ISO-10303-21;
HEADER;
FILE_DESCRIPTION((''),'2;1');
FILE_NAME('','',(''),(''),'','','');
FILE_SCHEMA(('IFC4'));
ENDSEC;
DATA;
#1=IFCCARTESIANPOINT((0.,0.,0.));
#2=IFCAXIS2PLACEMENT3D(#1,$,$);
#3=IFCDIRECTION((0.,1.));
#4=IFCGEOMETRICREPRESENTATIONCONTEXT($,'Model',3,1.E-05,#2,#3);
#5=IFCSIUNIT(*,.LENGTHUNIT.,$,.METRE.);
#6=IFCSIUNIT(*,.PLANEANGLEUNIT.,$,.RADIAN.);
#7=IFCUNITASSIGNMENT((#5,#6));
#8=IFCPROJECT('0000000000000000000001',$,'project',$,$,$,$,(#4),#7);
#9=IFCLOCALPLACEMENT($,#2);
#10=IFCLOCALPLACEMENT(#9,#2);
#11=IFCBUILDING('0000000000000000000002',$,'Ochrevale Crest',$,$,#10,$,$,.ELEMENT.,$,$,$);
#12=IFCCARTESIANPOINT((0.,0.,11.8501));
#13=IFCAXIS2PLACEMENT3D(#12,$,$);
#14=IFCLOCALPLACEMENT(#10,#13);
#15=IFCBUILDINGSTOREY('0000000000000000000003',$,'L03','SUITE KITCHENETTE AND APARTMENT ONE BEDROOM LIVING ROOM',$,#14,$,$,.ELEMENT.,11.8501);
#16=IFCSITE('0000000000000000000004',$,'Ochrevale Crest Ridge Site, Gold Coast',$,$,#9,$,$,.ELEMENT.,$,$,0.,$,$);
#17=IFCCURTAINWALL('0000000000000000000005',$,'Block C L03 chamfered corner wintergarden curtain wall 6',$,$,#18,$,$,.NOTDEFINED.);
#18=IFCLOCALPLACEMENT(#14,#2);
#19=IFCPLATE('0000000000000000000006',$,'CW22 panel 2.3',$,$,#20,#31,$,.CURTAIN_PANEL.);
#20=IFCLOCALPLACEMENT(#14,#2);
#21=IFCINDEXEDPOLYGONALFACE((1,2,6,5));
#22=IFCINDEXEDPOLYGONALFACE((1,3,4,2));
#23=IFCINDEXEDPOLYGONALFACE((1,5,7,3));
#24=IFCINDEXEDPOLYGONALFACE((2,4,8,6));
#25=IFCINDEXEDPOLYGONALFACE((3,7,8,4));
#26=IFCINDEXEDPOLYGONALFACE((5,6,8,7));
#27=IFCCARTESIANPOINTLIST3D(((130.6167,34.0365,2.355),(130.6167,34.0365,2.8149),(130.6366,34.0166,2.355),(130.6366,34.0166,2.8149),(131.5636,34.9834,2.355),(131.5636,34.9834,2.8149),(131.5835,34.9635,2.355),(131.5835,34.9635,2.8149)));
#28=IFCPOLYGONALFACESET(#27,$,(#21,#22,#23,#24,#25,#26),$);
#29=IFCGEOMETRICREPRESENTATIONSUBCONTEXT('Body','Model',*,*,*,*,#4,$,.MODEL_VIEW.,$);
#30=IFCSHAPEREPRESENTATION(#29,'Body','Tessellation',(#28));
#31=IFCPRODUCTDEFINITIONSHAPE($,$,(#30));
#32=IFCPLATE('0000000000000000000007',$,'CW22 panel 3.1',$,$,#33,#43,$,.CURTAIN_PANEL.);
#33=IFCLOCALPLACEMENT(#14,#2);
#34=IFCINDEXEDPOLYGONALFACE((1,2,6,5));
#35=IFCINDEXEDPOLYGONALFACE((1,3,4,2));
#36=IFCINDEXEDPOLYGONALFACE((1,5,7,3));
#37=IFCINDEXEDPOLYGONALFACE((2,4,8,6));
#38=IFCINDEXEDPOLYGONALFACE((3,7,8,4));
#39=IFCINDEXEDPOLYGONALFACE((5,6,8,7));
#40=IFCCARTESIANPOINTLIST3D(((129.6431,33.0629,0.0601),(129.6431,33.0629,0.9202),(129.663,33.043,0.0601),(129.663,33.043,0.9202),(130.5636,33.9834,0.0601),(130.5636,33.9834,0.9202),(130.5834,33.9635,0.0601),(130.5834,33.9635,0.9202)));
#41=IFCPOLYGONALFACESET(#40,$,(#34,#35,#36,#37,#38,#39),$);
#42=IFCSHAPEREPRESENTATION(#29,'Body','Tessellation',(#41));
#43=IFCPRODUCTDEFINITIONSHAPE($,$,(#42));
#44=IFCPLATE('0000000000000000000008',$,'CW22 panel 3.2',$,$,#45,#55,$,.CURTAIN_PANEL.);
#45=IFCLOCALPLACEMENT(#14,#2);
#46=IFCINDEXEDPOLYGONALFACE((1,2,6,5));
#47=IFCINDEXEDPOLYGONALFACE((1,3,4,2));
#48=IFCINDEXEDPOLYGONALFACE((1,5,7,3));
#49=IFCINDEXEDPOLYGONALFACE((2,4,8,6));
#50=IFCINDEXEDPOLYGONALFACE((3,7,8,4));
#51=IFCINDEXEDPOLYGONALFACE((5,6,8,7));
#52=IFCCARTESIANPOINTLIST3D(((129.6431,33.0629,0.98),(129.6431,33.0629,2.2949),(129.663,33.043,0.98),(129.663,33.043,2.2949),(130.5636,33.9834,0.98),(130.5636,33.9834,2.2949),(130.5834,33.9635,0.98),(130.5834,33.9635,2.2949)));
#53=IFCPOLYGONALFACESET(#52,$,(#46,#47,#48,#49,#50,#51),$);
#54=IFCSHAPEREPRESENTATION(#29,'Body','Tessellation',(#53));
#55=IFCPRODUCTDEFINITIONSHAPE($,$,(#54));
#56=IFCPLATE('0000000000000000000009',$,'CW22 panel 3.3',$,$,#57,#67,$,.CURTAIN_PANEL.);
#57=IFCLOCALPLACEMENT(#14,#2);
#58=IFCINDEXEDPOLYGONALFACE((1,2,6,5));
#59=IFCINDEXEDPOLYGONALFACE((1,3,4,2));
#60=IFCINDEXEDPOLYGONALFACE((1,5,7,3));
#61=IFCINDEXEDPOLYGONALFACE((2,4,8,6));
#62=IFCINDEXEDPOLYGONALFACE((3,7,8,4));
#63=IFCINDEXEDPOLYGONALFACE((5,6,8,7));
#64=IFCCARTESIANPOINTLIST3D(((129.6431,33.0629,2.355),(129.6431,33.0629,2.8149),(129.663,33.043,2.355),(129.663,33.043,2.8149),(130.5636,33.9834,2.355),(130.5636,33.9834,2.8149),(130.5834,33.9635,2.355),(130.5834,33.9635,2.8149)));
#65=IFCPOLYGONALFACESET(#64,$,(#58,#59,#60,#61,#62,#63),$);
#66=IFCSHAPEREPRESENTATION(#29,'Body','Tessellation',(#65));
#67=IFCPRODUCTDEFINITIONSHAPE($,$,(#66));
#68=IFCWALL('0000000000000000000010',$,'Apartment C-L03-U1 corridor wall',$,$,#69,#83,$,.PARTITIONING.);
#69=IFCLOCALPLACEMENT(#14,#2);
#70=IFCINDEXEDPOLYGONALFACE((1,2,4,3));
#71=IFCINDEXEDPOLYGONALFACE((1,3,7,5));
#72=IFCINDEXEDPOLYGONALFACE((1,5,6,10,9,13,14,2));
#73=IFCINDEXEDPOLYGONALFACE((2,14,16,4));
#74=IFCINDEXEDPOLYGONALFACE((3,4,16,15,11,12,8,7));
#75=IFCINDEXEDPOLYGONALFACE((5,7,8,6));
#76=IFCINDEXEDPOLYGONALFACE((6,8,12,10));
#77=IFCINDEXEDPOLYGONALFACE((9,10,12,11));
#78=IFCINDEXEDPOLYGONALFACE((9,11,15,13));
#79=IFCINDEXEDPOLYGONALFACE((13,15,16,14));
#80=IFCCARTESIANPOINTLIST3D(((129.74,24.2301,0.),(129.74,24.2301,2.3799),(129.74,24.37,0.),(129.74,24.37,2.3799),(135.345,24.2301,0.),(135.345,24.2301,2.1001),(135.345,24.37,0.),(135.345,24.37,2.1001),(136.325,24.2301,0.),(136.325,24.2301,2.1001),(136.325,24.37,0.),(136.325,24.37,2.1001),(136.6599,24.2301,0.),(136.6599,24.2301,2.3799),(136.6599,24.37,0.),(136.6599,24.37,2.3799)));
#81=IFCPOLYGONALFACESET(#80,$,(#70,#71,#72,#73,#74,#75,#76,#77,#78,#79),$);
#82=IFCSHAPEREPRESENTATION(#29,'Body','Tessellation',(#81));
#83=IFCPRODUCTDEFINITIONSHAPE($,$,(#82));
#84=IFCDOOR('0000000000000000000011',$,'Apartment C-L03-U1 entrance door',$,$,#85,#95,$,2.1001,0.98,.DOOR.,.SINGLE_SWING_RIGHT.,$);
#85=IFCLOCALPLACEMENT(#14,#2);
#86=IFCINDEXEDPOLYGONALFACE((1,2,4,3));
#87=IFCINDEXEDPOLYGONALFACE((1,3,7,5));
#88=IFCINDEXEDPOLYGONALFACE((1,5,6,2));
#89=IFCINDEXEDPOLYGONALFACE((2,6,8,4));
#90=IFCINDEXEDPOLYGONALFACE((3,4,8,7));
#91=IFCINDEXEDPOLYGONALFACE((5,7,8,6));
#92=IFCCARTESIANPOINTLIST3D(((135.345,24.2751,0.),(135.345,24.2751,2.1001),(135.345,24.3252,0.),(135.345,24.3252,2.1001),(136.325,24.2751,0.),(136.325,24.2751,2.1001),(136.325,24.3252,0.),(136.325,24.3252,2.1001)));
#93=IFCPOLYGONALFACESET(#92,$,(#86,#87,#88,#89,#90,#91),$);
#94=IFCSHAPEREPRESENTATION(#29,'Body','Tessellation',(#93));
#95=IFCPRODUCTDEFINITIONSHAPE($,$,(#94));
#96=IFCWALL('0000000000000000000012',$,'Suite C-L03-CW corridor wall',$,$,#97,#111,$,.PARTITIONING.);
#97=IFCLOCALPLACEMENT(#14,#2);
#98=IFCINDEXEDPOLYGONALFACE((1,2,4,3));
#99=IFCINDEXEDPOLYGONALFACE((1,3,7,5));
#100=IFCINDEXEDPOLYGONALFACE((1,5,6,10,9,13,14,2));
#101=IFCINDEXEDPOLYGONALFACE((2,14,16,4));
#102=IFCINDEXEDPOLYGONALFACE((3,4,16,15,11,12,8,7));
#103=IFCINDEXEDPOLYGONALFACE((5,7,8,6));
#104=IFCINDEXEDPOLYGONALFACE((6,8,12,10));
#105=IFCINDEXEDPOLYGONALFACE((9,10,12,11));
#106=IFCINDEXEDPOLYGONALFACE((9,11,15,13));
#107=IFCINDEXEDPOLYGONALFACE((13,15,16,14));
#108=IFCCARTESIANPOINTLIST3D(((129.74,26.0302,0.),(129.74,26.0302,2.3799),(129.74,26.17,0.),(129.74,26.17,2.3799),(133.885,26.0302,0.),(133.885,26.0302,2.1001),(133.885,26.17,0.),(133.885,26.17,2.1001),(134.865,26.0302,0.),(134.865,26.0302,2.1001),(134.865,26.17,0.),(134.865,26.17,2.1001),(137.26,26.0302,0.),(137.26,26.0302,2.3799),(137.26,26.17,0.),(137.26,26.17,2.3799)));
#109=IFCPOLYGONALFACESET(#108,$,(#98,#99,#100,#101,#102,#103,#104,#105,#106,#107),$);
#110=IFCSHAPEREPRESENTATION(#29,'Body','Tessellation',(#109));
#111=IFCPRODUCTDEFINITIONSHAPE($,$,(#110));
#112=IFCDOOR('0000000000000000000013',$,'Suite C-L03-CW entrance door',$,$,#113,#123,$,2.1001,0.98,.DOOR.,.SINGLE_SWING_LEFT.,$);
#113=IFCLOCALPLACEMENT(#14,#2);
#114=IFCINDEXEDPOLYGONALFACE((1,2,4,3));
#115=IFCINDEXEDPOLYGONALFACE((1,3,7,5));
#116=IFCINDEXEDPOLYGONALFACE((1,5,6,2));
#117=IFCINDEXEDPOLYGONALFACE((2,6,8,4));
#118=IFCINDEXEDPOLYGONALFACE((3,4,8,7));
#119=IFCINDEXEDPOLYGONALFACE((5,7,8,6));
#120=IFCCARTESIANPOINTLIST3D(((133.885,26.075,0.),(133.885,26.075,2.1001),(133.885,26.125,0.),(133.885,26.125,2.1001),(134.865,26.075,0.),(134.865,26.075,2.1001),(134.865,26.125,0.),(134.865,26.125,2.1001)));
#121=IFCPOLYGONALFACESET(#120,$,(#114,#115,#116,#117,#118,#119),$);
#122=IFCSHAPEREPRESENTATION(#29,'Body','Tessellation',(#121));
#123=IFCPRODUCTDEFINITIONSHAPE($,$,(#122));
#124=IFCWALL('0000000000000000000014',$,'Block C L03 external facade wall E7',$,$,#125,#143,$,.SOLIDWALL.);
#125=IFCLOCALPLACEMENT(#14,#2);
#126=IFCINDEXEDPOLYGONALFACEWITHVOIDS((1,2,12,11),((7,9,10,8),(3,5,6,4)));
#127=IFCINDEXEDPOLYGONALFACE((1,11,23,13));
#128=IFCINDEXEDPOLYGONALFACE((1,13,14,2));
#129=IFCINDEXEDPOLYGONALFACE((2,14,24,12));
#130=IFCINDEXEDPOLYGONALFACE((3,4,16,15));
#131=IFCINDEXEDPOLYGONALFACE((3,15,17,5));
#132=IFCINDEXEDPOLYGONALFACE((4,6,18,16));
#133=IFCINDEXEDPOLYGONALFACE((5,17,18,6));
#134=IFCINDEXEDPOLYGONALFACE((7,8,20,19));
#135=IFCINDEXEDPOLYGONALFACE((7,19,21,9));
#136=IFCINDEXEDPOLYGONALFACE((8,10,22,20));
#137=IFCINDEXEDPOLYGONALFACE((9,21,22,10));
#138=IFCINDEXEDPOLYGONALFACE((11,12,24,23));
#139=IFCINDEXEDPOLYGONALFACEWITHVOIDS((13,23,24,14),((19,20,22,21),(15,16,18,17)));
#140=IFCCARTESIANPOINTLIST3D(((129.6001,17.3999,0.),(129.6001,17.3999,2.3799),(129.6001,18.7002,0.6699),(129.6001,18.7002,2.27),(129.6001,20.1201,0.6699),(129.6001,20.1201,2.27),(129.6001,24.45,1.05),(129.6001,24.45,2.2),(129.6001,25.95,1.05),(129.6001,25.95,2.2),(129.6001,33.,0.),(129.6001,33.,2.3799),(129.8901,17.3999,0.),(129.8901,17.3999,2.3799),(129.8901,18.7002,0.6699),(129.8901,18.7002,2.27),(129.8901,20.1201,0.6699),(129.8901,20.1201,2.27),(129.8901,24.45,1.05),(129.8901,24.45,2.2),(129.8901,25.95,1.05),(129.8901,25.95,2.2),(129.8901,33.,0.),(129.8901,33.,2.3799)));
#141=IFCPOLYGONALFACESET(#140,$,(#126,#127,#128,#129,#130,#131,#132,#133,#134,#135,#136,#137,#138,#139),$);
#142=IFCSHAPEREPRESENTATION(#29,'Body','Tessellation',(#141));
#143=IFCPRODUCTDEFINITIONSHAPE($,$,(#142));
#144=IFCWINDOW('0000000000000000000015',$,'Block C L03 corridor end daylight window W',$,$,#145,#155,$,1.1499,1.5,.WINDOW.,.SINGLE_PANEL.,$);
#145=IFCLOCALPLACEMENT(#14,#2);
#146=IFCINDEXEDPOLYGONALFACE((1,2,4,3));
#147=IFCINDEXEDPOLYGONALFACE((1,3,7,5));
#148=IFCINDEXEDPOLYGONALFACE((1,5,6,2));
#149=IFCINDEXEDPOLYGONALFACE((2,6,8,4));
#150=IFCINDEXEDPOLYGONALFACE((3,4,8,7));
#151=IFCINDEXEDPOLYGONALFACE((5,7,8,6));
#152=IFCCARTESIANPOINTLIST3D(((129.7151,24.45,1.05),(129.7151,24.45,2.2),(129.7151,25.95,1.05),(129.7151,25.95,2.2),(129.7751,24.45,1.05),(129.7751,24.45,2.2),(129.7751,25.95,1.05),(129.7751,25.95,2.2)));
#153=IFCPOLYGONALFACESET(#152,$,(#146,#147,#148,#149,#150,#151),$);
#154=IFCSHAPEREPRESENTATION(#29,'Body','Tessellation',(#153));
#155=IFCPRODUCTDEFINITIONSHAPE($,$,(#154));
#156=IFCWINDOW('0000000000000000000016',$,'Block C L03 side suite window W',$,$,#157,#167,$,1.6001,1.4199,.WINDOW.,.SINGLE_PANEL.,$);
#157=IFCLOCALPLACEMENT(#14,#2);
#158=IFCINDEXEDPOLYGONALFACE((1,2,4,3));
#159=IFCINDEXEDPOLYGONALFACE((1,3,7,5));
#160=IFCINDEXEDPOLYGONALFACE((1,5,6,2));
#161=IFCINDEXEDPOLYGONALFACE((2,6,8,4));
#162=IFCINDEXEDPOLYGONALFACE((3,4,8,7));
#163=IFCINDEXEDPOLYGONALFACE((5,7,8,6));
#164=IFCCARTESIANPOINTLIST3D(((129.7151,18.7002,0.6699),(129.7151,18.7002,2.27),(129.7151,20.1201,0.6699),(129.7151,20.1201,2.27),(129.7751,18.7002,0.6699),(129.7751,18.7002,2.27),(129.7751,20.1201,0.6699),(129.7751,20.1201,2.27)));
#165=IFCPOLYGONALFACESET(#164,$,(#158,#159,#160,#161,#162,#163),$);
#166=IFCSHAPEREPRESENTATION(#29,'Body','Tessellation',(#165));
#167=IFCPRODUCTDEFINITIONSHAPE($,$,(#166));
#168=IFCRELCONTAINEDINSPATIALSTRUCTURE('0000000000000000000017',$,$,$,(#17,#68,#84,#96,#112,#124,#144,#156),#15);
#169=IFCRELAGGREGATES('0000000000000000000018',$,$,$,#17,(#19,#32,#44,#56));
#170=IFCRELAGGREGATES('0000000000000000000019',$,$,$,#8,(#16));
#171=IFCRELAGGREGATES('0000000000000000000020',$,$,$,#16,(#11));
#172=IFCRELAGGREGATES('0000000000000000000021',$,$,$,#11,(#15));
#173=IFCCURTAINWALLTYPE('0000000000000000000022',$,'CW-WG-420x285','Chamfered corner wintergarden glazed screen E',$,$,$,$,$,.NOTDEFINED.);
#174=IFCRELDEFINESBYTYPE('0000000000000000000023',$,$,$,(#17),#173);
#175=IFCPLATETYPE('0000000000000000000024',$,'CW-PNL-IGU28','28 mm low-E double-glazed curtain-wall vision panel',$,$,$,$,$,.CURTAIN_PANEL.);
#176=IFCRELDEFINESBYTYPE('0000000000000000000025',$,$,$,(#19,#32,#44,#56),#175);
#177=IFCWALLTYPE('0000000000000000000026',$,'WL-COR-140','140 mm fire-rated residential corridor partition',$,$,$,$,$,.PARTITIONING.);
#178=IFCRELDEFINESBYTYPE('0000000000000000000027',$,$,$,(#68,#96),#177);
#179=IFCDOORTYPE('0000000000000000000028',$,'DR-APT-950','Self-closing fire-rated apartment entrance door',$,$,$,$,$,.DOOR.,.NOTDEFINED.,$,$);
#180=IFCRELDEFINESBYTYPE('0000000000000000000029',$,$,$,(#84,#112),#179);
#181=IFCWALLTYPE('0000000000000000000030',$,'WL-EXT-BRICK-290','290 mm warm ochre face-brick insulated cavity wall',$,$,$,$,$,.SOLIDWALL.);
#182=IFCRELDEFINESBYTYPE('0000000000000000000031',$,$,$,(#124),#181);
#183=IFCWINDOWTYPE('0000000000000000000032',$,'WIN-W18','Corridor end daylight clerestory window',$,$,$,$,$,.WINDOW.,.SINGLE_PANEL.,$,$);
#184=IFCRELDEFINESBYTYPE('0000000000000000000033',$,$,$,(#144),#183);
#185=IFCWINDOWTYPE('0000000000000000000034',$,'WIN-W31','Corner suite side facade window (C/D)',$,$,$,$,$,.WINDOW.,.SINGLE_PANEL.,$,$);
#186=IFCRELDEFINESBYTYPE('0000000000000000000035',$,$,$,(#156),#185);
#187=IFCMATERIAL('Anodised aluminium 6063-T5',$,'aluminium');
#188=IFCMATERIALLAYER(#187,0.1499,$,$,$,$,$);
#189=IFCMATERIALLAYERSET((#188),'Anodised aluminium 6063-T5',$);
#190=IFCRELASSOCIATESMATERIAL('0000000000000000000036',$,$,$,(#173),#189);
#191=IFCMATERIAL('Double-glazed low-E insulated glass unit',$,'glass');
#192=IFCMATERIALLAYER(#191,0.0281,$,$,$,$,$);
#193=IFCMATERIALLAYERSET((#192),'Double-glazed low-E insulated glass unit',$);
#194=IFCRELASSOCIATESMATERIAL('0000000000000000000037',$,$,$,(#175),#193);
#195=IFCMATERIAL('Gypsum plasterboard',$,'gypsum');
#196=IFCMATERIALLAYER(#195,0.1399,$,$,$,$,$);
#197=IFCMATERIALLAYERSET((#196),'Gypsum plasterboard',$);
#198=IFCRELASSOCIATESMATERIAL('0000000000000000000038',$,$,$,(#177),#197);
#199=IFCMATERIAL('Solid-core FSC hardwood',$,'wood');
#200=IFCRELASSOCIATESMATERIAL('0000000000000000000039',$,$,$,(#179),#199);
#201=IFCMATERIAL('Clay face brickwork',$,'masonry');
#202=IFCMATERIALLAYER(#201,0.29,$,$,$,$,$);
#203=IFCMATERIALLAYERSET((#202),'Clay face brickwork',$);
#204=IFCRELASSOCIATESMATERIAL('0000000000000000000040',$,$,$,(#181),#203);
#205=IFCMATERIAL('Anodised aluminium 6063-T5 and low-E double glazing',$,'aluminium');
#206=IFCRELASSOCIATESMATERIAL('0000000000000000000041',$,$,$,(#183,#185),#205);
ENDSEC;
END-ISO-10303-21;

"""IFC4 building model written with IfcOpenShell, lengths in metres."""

from ifc_helpers import new_model, si_unit, direction, frame, frame_2d, origin, origin_2d, place, context, subcontext, project, spatial, rectangle, extrude, material, layer, layer_set, type_object, element, fill, aggregate, save


model = new_model("IFC4")

# Units and contexts
model_context = context("Model", 3, precision=1e-05, world=origin(), true_north=direction((0.0, 1.0)))
body_context = subcontext(model_context, "Body", "Model", "MODEL_VIEW")
ifc_project = project(units=[si_unit("LENGTHUNIT", "METRE"), si_unit("PLANEANGLEUNIT", "RADIAN")], contexts=[model_context])

# Site, building, storey
site_placement = place(None, origin())
site = spatial("IfcSite", under=ifc_project, at=site_placement, Name="Ochrevale Crest Ridge Site, Gold Coast", CompositionType="ELEMENT", RefElevation=0.0)
building_placement = place(site_placement, origin())
building = spatial("IfcBuilding", under=site, at=building_placement, Name="Ochrevale Crest", CompositionType="ELEMENT")
storey_placement = place(building_placement, frame((0.0, 0.0, 11.8501)))
storey = spatial("IfcBuildingStorey", under=building, at=storey_placement, Name="L03", Description="SUITE KITCHENETTE AND APARTMENT ONE BEDROOM LIVING ROOM", CompositionType="ELEMENT", Elevation=11.8501)

# Curtain wall, plates
ifc_material_1 = material(Name="Anodised aluminium 6063-T5", Category="aluminium")
ifc_layer_1 = layer(ifc_material_1, 0.1499)
ifc_layer_set_1 = layer_set([ifc_layer_1], Name="Anodised aluminium 6063-T5")
curtain_wall_type = type_object("IfcCurtainWallType", Name="CW-WG-420x285", Description="Chamfered corner wintergarden glazed screen E", PredefinedType="NOTDEFINED", material=ifc_layer_set_1)
curtain_wall_placement = place(storey_placement, origin())
curtain_wall = element("IfcCurtainWall", 1, at=curtain_wall_placement, inside=storey, type_object=curtain_wall_type, Name="Block C L03 chamfered corner wintergarden curtain wall 6", PredefinedType="NOTDEFINED")
ifc_material_2 = material(Name="Double-glazed low-E insulated glass unit", Category="glass")
ifc_layer_2 = layer(ifc_material_2, 0.0281)
ifc_layer_set_2 = layer_set([ifc_layer_2], Name="Double-glazed low-E insulated glass unit")
plate_type = type_object("IfcPlateType", Name="CW-PNL-IGU28", Description="28 mm low-E double-glazed curtain-wall vision panel", PredefinedType="CURTAIN_PANEL", material=ifc_layer_set_2)
plate_1_placement = place(storey_placement, frame((131.1001, 34.5, 2.355), z_axis=(0.0, 0.0, 1.0), x_axis=(-0.707107, -0.707107, 0.0)))
plate_1 = element("IfcPlate", 2, at=plate_1_placement, type_object=plate_type, Name="CW22 panel 2.3", PredefinedType="CURTAIN_PANEL", context=body_context, shape_type="SweptSolid", body=[
    extrude(rectangle(XDim=1.3391, YDim=0.0281, at=origin_2d()), origin(), (0.0, 0.0, 1.0), 0.46),
])
plate_2_placement = place(storey_placement, frame((130.1133, 33.5132, 0.0601), z_axis=(0.0, 0.0, 1.0), x_axis=(-0.707107, -0.707107, 0.0)))
plate_2 = element("IfcPlate", 3, at=plate_2_placement, type_object=plate_type, Name="CW22 panel 3.1", PredefinedType="CURTAIN_PANEL", context=body_context, shape_type="SweptSolid", body=[
    extrude(rectangle(XDim=1.3018, YDim=0.0281, at=origin_2d()), origin(), (0.0, 0.0, 1.0), 0.8601),
])
plate_3_placement = place(storey_placement, frame((130.1133, 33.5132, 0.98), z_axis=(0.0, 0.0, 1.0), x_axis=(-0.707107, -0.707107, 0.0)))
plate_3 = element("IfcPlate", 4, at=plate_3_placement, type_object=plate_type, Name="CW22 panel 3.2", PredefinedType="CURTAIN_PANEL", context=body_context, shape_type="SweptSolid", body=[
    extrude(rectangle(XDim=1.3018, YDim=0.0281, at=origin_2d()), origin(), (0.0, 0.0, 1.0), 1.3149),
])
plate_4_placement = place(storey_placement, frame((130.1133, 33.5132, 2.355), z_axis=(0.0, 0.0, 1.0), x_axis=(-0.707107, -0.707107, 0.0)))
plate_4 = element("IfcPlate", 5, at=plate_4_placement, type_object=plate_type, Name="CW22 panel 3.3", PredefinedType="CURTAIN_PANEL", context=body_context, shape_type="SweptSolid", body=[
    extrude(rectangle(XDim=1.3018, YDim=0.0281, at=origin_2d()), origin(), (0.0, 0.0, 1.0), 0.46),
])
aggregate(curtain_wall, [plate_1, plate_2, plate_3, plate_4])

# Walls, openings, doors
ifc_material_3 = material(Name="Gypsum plasterboard", Category="gypsum")
ifc_layer_3 = layer(ifc_material_3, 0.1399)
ifc_layer_set_3 = layer_set([ifc_layer_3], Name="Gypsum plasterboard")
wall_type_1 = type_object("IfcWallType", Name="WL-COR-140", Description="140 mm fire-rated residential corridor partition", PredefinedType="PARTITIONING", material=ifc_layer_set_3)
wall_1_placement = place(storey_placement, frame((129.74, 24.3, 0.0), z_axis=(0.0, 0.0, 1.0), x_axis=(1.0, 0.0, 0.0)))
wall_1 = element("IfcWall", 6, at=wall_1_placement, inside=storey, type_object=wall_type_1, Name="Apartment C-L03-U1 corridor wall", PredefinedType="PARTITIONING", context=body_context, shape_type="SweptSolid", body=[
    extrude(rectangle(XDim=6.9199, YDim=0.1399, at=frame_2d((3.46, 0.0))), origin(), (0.0, 0.0, 1.0), 2.3799),
])
opening_1_placement = place(wall_1_placement, frame((6.585, 0.0, 0.0), z_axis=(0.0, 0.0, 1.0), x_axis=(-1.0, 0.0, 0.0)))
opening_1 = element("IfcOpeningElement", 7, at=opening_1_placement, cuts=wall_1, PredefinedType="OPENING", context=body_context, shape_type="SweptSolid", body=[
    extrude(rectangle(XDim=0.98, YDim=2.1001, at=frame_2d((0.49, 1.05))), frame((0.0, 0.0801, 0.0), z_axis=(0.0, -1.0, 0.0), x_axis=(1.0, 0.0, 0.0)), (0.0, 0.0, 1.0), 0.1599),
])
ifc_material_4 = material(Name="Solid-core FSC hardwood", Category="wood")
door_type_1 = type_object("IfcDoorType", Name="DR-APT-950", Description="Self-closing fire-rated apartment entrance door", OperationType="NOTDEFINED", PredefinedType="DOOR", material=ifc_material_4)
door_1_placement = place(opening_1_placement, origin())
door_1 = element("IfcDoor", 8, at=door_1_placement, inside=storey, type_object=door_type_1, Name="Apartment C-L03-U1 entrance door", OperationType="SINGLE_SWING_RIGHT", OverallHeight=2.1001, OverallWidth=0.98, PredefinedType="DOOR", context=body_context, shape_type="SweptSolid", body=[
    extrude(rectangle(XDim=0.98, YDim=2.1001, at=frame_2d((0.49, 1.05))), frame((0.0, 0.0249, 0.0), z_axis=(0.0, -1.0, 0.0), x_axis=(1.0, 0.0, 0.0)), (0.0, 0.0, 1.0), 0.05),
])
fill(opening_1, door_1)
wall_2_placement = place(storey_placement, frame((129.74, 26.1001, 0.0), z_axis=(0.0, 0.0, 1.0), x_axis=(1.0, 0.0, 0.0)))
wall_2 = element("IfcWall", 9, at=wall_2_placement, inside=storey, type_object=wall_type_1, Name="Suite C-L03-CW corridor wall", PredefinedType="PARTITIONING", context=body_context, shape_type="SweptSolid", body=[
    extrude(rectangle(XDim=7.52, YDim=0.1399, at=frame_2d((3.76, 0.0))), origin(), (0.0, 0.0, 1.0), 2.3799),
])
opening_2_placement = place(wall_2_placement, frame((4.145, 0.0, 0.0)))
opening_2 = element("IfcOpeningElement", 10, at=opening_2_placement, cuts=wall_2, PredefinedType="OPENING", context=body_context, shape_type="SweptSolid", body=[
    extrude(rectangle(XDim=0.98, YDim=2.1001, at=frame_2d((0.49, 1.05))), frame((0.0, 0.0801, 0.0), z_axis=(0.0, -1.0, 0.0), x_axis=(1.0, 0.0, 0.0)), (0.0, 0.0, 1.0), 0.1599),
])
door_2_placement = place(opening_2_placement, origin())
door_2 = element("IfcDoor", 11, at=door_2_placement, inside=storey, type_object=door_type_1, Name="Suite C-L03-CW entrance door", OperationType="SINGLE_SWING_LEFT", OverallHeight=2.1001, OverallWidth=0.98, PredefinedType="DOOR", context=body_context, shape_type="SweptSolid", body=[
    extrude(rectangle(XDim=0.98, YDim=2.1001, at=frame_2d((0.49, 1.05))), frame((0.0, 0.0249, 0.0), z_axis=(0.0, -1.0, 0.0), x_axis=(1.0, 0.0, 0.0)), (0.0, 0.0, 1.0), 0.05),
])
fill(opening_2, door_2)

# Wall, openings, windows
ifc_material_5 = material(Name="Clay face brickwork", Category="masonry")
ifc_layer_4 = layer(ifc_material_5, 0.29)
ifc_layer_set_4 = layer_set([ifc_layer_4], Name="Clay face brickwork")
wall_type_2 = type_object("IfcWallType", Name="WL-EXT-BRICK-290", Description="290 mm warm ochre face-brick insulated cavity wall", PredefinedType="SOLIDWALL", material=ifc_layer_set_4)
wall_3_placement = place(storey_placement, frame((129.7451, 33.0, 0.0), z_axis=(0.0, 0.0, 1.0), x_axis=(0.0, -1.0, 0.0)))
wall_3 = element("IfcWall", 12, at=wall_3_placement, inside=storey, type_object=wall_type_2, Name="Block C L03 external facade wall E7", PredefinedType="SOLIDWALL", context=body_context, shape_type="SweptSolid", body=[
    extrude(rectangle(XDim=15.6001, YDim=0.29, at=frame_2d((7.8, 0.0))), origin(), (0.0, 0.0, 1.0), 2.3799),
])
opening_3_placement = place(wall_3_placement, frame((7.05, 0.0, 1.05)))
opening_3 = element("IfcOpeningElement", 13, at=opening_3_placement, cuts=wall_3, PredefinedType="OPENING", context=body_context, shape_type="SweptSolid", body=[
    extrude(rectangle(XDim=1.5, YDim=1.1499, at=frame_2d((0.75, 0.575))), frame((0.0, 0.155, 0.0), z_axis=(0.0, -1.0, 0.0), x_axis=(1.0, 0.0, 0.0)), (0.0, 0.0, 1.0), 0.3101),
])
opening_4_placement = place(wall_3_placement, frame((12.8799, 0.0, 0.6699)))
opening_4 = element("IfcOpeningElement", 14, at=opening_4_placement, cuts=wall_3, PredefinedType="OPENING", context=body_context, shape_type="SweptSolid", body=[
    extrude(rectangle(XDim=1.4199, YDim=1.6001, at=frame_2d((0.71, 0.8))), frame((0.0, 0.155, 0.0), z_axis=(0.0, -1.0, 0.0), x_axis=(1.0, 0.0, 0.0)), (0.0, 0.0, 1.0), 0.3101),
])
ifc_material_6 = material(Name="Anodised aluminium 6063-T5 and low-E double glazing", Category="aluminium")
window_type_1 = type_object("IfcWindowType", Name="WIN-W18", Description="Corridor end daylight clerestory window", PartitioningType="SINGLE_PANEL", PredefinedType="WINDOW", material=ifc_material_6)
window_1_placement = place(opening_3_placement, origin())
window_1 = element("IfcWindow", 15, at=window_1_placement, inside=storey, type_object=window_type_1, Name="Block C L03 corridor end daylight window W", OverallHeight=1.1499, OverallWidth=1.5, PartitioningType="SINGLE_PANEL", PredefinedType="WINDOW", context=body_context, shape_type="SweptSolid", body=[
    extrude(rectangle(XDim=1.5, YDim=1.1499, at=frame_2d((0.75, 0.575))), frame((0.0, 0.03, 0.0), z_axis=(0.0, -1.0, 0.0), x_axis=(1.0, 0.0, 0.0)), (0.0, 0.0, 1.0), 0.0601),
])
fill(opening_3, window_1)
window_type_2 = type_object("IfcWindowType", Name="WIN-W31", Description="Corner suite side facade window (C/D)", PartitioningType="SINGLE_PANEL", PredefinedType="WINDOW", material=ifc_material_6)
window_2_placement = place(opening_4_placement, origin())
window_2 = element("IfcWindow", 16, at=window_2_placement, inside=storey, type_object=window_type_2, Name="Block C L03 side suite window W", OverallHeight=1.6001, OverallWidth=1.4199, PartitioningType="SINGLE_PANEL", PredefinedType="WINDOW", context=body_context, shape_type="SweptSolid", body=[
    extrude(rectangle(XDim=1.4199, YDim=1.6001, at=frame_2d((0.71, 0.8))), frame((0.0, 0.03, 0.0), z_axis=(0.0, -1.0, 0.0), x_axis=(1.0, 0.0, 0.0)), (0.0, 0.0, 1.0), 0.0601),
])
fill(opening_4, window_2)

save(model, "model.ifc")
